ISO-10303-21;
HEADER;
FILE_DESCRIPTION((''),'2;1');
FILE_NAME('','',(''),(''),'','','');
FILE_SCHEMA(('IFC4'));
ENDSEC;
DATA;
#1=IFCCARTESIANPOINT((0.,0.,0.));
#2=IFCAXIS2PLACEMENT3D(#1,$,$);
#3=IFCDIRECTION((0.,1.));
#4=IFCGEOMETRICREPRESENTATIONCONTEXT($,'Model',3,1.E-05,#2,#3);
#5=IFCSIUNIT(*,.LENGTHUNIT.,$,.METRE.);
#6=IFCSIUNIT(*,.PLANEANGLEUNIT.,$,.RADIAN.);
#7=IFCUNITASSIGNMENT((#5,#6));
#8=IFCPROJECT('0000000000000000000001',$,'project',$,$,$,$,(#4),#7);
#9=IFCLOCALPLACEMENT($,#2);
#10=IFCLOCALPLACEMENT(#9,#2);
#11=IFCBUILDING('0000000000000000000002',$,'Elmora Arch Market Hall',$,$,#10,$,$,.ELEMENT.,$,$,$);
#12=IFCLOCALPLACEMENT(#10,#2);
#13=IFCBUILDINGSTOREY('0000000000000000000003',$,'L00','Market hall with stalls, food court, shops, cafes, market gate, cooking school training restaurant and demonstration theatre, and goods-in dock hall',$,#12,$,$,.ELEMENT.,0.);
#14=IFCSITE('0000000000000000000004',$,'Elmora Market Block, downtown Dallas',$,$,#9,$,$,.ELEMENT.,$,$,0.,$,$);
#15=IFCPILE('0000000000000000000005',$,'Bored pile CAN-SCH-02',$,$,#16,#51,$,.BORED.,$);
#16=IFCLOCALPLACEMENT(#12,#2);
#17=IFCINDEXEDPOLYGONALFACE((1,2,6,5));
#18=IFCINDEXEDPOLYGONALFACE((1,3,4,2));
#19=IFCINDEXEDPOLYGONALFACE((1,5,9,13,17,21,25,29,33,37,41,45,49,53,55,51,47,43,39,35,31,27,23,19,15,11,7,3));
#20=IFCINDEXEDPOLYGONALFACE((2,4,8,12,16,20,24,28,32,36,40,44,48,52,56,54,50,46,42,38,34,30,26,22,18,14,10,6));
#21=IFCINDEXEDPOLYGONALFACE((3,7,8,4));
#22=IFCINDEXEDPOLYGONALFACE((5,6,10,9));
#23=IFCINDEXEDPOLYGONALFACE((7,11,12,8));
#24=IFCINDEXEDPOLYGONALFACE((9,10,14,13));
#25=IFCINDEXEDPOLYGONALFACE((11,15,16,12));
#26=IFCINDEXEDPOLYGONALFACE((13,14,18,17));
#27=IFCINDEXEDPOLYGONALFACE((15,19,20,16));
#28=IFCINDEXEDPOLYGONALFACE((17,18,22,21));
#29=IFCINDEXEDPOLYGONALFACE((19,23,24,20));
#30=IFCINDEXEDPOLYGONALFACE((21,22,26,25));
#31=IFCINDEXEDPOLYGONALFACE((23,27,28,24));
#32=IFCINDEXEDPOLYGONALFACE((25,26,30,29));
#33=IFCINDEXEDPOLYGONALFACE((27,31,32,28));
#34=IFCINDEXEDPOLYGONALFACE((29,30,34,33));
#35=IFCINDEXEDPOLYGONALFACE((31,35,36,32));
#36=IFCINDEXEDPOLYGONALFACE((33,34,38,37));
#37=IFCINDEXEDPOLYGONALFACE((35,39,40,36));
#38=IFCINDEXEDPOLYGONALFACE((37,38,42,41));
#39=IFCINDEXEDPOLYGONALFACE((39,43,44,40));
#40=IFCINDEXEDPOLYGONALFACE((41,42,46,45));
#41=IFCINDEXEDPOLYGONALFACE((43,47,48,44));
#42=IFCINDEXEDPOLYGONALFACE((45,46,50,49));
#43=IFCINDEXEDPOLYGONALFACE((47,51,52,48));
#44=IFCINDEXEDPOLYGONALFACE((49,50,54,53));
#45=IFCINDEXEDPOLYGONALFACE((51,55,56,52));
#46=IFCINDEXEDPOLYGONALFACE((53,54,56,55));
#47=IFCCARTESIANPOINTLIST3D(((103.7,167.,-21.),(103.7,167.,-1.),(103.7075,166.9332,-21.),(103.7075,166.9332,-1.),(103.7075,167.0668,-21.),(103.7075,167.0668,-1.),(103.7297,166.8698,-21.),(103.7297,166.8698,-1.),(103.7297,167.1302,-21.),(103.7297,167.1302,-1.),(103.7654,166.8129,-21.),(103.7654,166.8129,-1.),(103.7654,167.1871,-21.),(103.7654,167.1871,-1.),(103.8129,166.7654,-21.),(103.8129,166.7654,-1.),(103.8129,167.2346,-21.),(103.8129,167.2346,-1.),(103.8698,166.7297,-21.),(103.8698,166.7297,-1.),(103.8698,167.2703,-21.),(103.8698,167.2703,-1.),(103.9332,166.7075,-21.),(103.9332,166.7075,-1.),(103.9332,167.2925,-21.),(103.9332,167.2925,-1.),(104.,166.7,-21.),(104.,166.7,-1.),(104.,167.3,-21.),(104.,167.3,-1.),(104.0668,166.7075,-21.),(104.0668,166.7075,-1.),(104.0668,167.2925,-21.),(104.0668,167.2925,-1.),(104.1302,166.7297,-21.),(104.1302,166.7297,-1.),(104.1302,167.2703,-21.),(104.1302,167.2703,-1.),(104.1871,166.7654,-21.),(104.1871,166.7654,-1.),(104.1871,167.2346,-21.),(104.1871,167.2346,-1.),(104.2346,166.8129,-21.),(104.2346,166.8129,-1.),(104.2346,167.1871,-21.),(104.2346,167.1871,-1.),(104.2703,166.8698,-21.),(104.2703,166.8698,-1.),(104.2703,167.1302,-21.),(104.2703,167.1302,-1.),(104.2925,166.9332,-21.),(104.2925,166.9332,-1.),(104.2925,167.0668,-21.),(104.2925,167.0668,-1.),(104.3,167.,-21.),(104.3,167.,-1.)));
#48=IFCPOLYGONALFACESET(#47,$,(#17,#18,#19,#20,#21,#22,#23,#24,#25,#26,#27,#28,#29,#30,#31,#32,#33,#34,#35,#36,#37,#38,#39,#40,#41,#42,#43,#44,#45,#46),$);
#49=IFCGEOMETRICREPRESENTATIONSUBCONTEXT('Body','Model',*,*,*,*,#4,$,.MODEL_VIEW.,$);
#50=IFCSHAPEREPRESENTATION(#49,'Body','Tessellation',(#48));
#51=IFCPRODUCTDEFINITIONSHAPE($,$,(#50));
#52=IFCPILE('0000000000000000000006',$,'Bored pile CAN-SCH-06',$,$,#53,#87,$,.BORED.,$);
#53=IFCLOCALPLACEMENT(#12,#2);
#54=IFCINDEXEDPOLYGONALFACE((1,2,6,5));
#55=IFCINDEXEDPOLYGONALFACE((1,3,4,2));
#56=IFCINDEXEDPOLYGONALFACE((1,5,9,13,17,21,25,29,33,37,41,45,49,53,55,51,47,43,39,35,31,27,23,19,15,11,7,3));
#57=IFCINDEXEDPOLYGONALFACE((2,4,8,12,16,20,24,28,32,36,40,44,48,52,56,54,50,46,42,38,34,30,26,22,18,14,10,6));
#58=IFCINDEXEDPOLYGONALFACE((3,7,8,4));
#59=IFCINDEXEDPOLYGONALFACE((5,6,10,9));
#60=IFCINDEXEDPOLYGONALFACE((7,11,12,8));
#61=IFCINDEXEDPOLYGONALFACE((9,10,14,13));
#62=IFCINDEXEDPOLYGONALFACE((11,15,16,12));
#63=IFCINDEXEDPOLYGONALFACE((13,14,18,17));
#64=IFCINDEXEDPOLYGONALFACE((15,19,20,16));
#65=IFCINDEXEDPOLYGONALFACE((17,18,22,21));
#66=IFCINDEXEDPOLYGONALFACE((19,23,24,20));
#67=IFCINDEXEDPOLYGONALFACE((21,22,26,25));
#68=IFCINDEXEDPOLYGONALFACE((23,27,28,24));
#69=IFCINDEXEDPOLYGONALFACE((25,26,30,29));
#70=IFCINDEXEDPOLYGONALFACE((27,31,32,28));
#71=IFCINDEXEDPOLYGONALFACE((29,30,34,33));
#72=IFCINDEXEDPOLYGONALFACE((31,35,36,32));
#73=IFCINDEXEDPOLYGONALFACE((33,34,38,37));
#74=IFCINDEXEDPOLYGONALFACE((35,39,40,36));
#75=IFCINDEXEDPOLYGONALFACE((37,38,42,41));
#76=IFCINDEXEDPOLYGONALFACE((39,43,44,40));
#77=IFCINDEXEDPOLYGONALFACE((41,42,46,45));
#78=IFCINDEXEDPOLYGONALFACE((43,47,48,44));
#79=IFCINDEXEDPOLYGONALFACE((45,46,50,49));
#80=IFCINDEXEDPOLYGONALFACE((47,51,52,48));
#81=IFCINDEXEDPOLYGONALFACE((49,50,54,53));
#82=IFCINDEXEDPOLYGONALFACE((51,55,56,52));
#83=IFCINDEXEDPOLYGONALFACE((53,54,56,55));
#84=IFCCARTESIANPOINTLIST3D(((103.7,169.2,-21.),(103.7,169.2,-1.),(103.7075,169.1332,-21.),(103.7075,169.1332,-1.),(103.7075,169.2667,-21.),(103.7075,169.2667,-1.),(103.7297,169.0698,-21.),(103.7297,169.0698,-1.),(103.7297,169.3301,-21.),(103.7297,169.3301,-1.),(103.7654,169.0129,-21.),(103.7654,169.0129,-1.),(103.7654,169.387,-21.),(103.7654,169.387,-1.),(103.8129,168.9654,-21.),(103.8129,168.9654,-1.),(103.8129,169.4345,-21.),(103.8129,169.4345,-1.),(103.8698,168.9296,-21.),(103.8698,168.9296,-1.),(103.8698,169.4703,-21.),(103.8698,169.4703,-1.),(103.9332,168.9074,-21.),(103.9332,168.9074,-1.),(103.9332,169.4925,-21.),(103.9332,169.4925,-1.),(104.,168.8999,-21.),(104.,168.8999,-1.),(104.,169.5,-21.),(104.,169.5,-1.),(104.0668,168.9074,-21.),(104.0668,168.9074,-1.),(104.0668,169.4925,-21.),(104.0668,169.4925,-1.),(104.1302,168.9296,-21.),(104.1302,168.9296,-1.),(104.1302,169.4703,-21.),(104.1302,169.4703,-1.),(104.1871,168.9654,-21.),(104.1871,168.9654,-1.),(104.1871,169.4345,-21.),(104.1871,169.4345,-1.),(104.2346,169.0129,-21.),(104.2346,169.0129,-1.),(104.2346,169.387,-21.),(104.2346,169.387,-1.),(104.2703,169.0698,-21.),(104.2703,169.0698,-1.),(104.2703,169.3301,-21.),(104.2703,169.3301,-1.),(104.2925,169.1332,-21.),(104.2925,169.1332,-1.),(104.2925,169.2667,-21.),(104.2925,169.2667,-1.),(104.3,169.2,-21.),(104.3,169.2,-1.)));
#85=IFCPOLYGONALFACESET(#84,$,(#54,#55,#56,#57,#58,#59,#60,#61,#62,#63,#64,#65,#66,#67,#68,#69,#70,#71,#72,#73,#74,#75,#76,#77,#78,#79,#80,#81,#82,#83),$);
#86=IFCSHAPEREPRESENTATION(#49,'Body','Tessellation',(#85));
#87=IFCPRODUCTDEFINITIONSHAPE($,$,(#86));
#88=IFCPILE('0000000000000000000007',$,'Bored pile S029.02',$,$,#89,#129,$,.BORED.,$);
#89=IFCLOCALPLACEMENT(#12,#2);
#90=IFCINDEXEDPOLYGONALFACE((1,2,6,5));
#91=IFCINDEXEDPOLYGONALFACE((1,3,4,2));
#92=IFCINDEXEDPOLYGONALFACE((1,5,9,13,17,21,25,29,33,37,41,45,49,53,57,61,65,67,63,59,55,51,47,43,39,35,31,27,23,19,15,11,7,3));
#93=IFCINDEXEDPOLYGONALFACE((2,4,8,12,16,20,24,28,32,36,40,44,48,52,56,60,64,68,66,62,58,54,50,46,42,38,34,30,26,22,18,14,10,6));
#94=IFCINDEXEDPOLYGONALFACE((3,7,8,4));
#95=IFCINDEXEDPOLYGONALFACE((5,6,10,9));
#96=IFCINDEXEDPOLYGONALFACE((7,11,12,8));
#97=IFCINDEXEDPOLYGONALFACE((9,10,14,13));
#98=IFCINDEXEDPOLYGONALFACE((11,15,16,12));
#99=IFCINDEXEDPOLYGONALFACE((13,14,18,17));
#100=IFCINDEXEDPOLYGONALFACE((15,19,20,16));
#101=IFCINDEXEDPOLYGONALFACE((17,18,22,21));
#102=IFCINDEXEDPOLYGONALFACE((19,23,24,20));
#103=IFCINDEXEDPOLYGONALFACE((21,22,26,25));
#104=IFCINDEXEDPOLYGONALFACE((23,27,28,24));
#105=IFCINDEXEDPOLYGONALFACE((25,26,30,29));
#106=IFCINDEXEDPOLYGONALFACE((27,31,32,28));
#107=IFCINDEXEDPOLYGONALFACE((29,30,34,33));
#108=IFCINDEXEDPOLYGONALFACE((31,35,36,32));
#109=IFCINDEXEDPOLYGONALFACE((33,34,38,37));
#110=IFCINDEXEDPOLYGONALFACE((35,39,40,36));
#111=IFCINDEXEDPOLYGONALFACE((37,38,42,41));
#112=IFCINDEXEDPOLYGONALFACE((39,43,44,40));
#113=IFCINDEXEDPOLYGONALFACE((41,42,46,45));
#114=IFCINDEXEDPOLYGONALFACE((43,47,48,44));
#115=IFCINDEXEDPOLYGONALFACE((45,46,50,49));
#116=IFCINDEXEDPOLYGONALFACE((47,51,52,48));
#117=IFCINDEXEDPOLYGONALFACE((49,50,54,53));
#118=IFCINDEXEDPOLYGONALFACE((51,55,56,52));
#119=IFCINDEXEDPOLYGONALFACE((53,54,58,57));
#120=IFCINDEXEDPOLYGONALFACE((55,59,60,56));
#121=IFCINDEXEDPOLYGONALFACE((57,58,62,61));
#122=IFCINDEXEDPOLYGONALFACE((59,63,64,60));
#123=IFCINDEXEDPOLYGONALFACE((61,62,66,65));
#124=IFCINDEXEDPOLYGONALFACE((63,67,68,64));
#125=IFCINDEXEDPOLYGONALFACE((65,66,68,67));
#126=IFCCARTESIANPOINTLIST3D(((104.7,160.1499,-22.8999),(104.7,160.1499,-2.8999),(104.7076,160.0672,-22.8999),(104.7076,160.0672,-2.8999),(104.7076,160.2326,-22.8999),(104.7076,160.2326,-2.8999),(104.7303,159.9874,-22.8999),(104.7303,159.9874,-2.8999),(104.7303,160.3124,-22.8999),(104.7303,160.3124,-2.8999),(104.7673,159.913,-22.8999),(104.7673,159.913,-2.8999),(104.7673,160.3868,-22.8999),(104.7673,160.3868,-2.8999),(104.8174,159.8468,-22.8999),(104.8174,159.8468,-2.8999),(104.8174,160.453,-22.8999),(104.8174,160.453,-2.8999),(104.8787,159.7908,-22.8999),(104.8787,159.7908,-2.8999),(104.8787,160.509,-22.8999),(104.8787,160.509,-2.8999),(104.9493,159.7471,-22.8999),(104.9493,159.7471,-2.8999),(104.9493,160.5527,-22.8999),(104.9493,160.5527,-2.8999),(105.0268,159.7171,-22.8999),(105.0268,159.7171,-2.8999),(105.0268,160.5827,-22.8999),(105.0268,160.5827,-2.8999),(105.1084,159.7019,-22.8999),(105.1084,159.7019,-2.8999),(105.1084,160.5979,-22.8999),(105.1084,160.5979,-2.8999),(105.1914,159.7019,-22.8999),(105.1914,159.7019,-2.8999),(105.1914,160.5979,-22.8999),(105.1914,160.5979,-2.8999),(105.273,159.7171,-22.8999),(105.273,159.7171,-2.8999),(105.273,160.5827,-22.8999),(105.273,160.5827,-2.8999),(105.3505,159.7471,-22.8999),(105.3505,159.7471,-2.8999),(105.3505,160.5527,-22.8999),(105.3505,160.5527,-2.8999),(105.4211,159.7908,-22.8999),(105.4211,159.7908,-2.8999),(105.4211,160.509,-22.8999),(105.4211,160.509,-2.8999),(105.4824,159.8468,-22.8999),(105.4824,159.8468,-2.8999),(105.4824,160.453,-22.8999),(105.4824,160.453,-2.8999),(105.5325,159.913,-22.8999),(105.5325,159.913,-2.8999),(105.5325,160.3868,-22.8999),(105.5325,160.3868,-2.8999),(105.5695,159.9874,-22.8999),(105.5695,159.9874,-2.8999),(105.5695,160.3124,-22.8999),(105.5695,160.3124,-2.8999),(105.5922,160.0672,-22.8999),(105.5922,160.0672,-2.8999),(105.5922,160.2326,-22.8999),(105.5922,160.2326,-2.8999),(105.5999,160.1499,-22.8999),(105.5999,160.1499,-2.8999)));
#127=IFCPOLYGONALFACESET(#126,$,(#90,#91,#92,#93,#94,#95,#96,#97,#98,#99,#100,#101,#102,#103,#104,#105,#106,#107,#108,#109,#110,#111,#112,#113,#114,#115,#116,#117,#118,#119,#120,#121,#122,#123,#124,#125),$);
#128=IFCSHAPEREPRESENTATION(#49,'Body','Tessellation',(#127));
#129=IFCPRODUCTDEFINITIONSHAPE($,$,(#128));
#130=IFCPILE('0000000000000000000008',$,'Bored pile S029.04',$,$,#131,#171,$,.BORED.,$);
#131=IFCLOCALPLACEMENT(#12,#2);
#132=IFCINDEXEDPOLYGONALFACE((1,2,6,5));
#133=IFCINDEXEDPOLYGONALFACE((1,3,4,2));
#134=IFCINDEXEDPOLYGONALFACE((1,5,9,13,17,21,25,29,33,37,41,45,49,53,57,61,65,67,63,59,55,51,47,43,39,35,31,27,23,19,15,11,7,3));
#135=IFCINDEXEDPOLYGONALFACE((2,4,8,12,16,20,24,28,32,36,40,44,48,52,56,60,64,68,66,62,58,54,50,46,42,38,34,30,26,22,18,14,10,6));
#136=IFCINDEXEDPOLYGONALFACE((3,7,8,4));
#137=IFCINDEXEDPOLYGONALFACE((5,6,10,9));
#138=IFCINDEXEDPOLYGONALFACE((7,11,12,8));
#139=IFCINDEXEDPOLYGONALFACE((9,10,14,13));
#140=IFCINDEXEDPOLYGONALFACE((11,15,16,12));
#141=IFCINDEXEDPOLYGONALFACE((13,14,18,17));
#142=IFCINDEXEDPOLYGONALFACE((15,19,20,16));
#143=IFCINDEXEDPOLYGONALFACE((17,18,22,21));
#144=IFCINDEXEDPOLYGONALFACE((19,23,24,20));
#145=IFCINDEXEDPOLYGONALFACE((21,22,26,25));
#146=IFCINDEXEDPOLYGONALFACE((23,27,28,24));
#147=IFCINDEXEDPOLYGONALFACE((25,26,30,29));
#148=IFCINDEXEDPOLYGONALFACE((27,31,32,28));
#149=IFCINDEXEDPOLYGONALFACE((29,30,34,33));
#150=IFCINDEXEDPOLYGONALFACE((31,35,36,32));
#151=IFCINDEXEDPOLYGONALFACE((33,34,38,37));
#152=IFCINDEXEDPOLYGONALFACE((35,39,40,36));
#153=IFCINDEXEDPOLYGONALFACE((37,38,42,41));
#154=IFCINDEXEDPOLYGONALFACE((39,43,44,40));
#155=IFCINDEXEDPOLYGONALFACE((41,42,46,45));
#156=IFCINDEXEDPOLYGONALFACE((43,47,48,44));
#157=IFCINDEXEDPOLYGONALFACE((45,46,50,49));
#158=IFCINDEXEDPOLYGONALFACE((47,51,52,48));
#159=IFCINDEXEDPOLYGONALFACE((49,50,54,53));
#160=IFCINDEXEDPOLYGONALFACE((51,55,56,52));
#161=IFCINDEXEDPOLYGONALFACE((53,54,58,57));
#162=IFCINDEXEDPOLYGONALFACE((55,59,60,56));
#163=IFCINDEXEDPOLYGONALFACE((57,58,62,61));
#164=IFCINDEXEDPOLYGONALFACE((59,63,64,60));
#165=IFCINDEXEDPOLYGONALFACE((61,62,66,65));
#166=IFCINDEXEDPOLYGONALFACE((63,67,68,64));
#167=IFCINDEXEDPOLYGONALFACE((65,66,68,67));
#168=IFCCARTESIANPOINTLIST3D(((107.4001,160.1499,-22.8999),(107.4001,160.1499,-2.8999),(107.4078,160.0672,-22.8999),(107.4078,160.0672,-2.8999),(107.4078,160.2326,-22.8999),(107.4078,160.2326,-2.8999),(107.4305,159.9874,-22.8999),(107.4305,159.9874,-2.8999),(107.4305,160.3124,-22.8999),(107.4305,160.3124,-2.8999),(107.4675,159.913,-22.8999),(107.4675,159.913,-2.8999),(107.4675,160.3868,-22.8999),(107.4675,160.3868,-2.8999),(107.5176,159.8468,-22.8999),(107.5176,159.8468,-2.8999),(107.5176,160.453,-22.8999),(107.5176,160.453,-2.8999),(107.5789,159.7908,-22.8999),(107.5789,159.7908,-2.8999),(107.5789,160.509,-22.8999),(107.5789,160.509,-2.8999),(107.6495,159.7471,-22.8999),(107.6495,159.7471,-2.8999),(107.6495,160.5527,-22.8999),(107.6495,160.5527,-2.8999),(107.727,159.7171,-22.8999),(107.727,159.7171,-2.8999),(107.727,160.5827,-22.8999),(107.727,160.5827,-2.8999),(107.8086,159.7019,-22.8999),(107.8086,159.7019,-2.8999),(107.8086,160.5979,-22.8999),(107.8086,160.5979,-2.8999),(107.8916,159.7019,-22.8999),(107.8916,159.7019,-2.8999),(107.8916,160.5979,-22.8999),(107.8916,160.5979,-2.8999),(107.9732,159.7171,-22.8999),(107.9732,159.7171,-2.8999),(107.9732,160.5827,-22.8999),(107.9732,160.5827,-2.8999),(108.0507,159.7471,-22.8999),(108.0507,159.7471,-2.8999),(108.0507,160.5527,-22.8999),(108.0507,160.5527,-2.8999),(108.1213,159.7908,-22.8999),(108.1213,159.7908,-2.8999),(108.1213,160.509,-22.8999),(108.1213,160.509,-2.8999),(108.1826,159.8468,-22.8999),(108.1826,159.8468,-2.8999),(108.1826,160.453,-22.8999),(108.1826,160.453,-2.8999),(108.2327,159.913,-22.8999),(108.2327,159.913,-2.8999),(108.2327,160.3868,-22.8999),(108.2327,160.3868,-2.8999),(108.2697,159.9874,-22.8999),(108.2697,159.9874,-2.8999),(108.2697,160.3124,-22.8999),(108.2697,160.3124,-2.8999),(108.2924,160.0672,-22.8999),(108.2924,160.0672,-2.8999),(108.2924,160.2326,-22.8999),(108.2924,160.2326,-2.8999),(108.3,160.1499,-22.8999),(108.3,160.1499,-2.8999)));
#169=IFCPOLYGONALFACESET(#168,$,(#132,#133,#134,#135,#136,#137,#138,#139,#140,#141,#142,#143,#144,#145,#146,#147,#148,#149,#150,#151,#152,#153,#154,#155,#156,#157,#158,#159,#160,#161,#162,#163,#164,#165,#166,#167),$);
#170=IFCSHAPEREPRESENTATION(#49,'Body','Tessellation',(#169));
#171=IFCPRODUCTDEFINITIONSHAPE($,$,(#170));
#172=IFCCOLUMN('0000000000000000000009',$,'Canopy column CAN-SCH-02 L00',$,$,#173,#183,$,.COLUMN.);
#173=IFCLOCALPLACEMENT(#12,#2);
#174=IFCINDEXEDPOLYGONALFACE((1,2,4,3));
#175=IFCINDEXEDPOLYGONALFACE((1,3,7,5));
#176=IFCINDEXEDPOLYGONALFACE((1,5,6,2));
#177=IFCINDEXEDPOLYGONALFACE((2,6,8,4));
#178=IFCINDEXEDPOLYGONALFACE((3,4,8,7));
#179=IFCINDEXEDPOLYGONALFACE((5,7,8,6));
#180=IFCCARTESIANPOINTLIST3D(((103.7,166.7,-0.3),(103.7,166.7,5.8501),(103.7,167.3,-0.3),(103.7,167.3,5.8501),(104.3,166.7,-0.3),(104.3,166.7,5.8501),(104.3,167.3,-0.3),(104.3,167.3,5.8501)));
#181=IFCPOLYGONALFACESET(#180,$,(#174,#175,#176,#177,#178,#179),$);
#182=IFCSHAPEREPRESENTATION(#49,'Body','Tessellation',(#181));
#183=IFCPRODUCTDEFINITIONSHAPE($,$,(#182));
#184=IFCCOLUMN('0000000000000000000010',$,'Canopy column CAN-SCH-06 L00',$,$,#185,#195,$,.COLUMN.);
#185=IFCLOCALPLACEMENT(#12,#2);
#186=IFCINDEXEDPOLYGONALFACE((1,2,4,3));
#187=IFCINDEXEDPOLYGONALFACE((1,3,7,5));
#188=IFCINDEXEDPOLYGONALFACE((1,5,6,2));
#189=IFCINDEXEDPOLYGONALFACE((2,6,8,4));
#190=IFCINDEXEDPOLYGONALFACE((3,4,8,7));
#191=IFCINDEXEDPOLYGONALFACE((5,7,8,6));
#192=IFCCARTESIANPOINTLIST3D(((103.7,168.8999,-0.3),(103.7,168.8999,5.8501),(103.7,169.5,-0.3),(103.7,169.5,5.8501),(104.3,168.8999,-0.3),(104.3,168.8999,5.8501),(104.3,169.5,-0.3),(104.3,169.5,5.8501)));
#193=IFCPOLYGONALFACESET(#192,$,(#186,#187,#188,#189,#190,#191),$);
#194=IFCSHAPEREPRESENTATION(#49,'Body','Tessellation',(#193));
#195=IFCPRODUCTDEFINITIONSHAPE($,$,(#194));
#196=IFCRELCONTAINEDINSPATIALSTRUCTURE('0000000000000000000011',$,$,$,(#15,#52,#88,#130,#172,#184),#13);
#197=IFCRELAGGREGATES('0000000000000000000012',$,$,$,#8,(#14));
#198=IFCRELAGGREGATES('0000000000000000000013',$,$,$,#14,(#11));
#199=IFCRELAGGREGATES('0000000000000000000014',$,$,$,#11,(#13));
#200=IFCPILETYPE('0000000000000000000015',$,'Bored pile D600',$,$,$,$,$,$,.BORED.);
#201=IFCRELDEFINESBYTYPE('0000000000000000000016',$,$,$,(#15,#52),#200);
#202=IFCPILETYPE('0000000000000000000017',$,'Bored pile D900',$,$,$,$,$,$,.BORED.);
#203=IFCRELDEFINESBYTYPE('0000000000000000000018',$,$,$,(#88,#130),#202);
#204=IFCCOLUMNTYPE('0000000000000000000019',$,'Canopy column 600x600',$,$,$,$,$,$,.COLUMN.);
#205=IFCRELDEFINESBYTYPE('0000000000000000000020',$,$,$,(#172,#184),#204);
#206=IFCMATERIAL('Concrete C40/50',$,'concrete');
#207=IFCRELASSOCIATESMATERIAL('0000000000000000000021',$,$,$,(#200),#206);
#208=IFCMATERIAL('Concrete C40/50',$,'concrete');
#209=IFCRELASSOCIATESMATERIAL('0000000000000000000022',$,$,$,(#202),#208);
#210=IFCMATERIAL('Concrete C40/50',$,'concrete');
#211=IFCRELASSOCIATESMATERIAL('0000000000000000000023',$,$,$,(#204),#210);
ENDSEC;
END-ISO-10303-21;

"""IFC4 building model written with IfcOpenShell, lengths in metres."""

from ifc_helpers import new_model, si_unit, direction, frame, origin, origin_2d, place, context, subcontext, project, spatial, rectangle, circle, extrude, material, material_profile, profile_set, type_object, element, save


model = new_model("IFC4")

# Units and contexts
model_context = context("Model", 3, precision=1e-05, world=origin(), true_north=direction((0.0, 1.0)))
body_context = subcontext(model_context, "Body", "Model", "MODEL_VIEW")
ifc_project = project(units=[si_unit("LENGTHUNIT", "METRE"), si_unit("PLANEANGLEUNIT", "RADIAN")], contexts=[model_context])

# Site, building, storey
site_placement = place(None, origin())
site = spatial("IfcSite", under=ifc_project, at=site_placement, Name="Elmora Market Block, downtown Dallas", CompositionType="ELEMENT", RefElevation=0.0)
building_placement = place(site_placement, origin())
building = spatial("IfcBuilding", under=site, at=building_placement, Name="Elmora Arch Market Hall", CompositionType="ELEMENT")
storey_placement = place(building_placement, origin())
storey = spatial("IfcBuildingStorey", under=building, at=storey_placement, Name="L00", Description="Market hall with stalls, food court, shops, cafes, market gate, cooking school training restaurant and demonstration theatre, and goods-in dock hall", CompositionType="ELEMENT", Elevation=0.0)

# Piles
ifc_material_1 = material(Name="Concrete C40/50", Category="concrete")
ifc_material_profile_1 = material_profile(ifc_material_1, circle(Radius=0.3, at=origin_2d()), Name="Bored pile D600")
ifc_profile_set_1 = profile_set([ifc_material_profile_1], Name="Concrete C40/50")
pile_type_1 = type_object("IfcPileType", Name="Bored pile D600", PredefinedType="BORED", material=ifc_profile_set_1)
for number, where, z_axis, x_axis, name in (
    (1, (104.0, 167.0, -1.0), (0.0, 0.0, -1.0), (1.0, 0.0, 0.0), "Bored pile CAN-SCH-02"),
    (2, (104.0, 169.2, -1.0), (0.0, 0.0, -1.0), (1.0, 0.0, 0.0), "Bored pile CAN-SCH-06"),
):
    element("IfcPile", number, at=place(storey_placement, frame(where, z_axis=z_axis, x_axis=x_axis)), inside=storey, type_object=pile_type_1, Name=name, PredefinedType="BORED", context=body_context, shape_type="SweptSolid", body=[
        extrude(circle(Radius=0.3, at=origin_2d()), origin(), (0.0, 0.0, 1.0), 20.0),
    ])
ifc_material_2 = material(Name="Concrete C40/50", Category="concrete")
ifc_material_profile_2 = material_profile(ifc_material_2, circle(Radius=0.45, at=origin_2d()), Name="Bored pile D900")
ifc_profile_set_2 = profile_set([ifc_material_profile_2], Name="Concrete C40/50")
pile_type_2 = type_object("IfcPileType", Name="Bored pile D900", PredefinedType="BORED", material=ifc_profile_set_2)
for number, where, z_axis, x_axis, name in (
    (3, (105.1499, 160.1499, -2.8999), (0.0, 0.0, -1.0), (1.0, 0.0, 0.0), "Bored pile S029.02"),
    (4, (107.8501, 160.1499, -2.8999), (0.0, 0.0, -1.0), (1.0, 0.0, 0.0), "Bored pile S029.04"),
):
    element("IfcPile", number, at=place(storey_placement, frame(where, z_axis=z_axis, x_axis=x_axis)), inside=storey, type_object=pile_type_2, Name=name, PredefinedType="BORED", context=body_context, shape_type="SweptSolid", body=[
        extrude(circle(Radius=0.45, at=origin_2d()), origin(), (0.0, 0.0, 1.0), 20.0),
    ])

# Columns
ifc_material_3 = material(Name="Concrete C40/50", Category="concrete")
ifc_material_profile_3 = material_profile(ifc_material_3, rectangle(XDim=0.6001, YDim=0.6001, at=origin_2d()), Name="Canopy column 600x600")
ifc_profile_set_3 = profile_set([ifc_material_profile_3], Name="Concrete C40/50")
column_type = type_object("IfcColumnType", Name="Canopy column 600x600", PredefinedType="COLUMN", material=ifc_profile_set_3)
for number, where, z_axis, x_axis, name in (
    (5, (104.0, 167.0, -0.3), (0.0, 0.0, 1.0), (1.0, 0.0, 0.0), "Canopy column CAN-SCH-02 L00"),
    (6, (104.0, 169.2, -0.3), (0.0, 0.0, 1.0), (1.0, 0.0, 0.0), "Canopy column CAN-SCH-06 L00"),
):
    element("IfcColumn", number, at=place(storey_placement, frame(where, z_axis=z_axis, x_axis=x_axis)), inside=storey, type_object=column_type, Name=name, PredefinedType="COLUMN", context=body_context, shape_type="SweptSolid", body=[
        extrude(rectangle(XDim=0.6001, YDim=0.6001, at=origin_2d()), origin(), (0.0, 0.0, 1.0), 6.1501),
    ])

save(model, "model.ifc")
